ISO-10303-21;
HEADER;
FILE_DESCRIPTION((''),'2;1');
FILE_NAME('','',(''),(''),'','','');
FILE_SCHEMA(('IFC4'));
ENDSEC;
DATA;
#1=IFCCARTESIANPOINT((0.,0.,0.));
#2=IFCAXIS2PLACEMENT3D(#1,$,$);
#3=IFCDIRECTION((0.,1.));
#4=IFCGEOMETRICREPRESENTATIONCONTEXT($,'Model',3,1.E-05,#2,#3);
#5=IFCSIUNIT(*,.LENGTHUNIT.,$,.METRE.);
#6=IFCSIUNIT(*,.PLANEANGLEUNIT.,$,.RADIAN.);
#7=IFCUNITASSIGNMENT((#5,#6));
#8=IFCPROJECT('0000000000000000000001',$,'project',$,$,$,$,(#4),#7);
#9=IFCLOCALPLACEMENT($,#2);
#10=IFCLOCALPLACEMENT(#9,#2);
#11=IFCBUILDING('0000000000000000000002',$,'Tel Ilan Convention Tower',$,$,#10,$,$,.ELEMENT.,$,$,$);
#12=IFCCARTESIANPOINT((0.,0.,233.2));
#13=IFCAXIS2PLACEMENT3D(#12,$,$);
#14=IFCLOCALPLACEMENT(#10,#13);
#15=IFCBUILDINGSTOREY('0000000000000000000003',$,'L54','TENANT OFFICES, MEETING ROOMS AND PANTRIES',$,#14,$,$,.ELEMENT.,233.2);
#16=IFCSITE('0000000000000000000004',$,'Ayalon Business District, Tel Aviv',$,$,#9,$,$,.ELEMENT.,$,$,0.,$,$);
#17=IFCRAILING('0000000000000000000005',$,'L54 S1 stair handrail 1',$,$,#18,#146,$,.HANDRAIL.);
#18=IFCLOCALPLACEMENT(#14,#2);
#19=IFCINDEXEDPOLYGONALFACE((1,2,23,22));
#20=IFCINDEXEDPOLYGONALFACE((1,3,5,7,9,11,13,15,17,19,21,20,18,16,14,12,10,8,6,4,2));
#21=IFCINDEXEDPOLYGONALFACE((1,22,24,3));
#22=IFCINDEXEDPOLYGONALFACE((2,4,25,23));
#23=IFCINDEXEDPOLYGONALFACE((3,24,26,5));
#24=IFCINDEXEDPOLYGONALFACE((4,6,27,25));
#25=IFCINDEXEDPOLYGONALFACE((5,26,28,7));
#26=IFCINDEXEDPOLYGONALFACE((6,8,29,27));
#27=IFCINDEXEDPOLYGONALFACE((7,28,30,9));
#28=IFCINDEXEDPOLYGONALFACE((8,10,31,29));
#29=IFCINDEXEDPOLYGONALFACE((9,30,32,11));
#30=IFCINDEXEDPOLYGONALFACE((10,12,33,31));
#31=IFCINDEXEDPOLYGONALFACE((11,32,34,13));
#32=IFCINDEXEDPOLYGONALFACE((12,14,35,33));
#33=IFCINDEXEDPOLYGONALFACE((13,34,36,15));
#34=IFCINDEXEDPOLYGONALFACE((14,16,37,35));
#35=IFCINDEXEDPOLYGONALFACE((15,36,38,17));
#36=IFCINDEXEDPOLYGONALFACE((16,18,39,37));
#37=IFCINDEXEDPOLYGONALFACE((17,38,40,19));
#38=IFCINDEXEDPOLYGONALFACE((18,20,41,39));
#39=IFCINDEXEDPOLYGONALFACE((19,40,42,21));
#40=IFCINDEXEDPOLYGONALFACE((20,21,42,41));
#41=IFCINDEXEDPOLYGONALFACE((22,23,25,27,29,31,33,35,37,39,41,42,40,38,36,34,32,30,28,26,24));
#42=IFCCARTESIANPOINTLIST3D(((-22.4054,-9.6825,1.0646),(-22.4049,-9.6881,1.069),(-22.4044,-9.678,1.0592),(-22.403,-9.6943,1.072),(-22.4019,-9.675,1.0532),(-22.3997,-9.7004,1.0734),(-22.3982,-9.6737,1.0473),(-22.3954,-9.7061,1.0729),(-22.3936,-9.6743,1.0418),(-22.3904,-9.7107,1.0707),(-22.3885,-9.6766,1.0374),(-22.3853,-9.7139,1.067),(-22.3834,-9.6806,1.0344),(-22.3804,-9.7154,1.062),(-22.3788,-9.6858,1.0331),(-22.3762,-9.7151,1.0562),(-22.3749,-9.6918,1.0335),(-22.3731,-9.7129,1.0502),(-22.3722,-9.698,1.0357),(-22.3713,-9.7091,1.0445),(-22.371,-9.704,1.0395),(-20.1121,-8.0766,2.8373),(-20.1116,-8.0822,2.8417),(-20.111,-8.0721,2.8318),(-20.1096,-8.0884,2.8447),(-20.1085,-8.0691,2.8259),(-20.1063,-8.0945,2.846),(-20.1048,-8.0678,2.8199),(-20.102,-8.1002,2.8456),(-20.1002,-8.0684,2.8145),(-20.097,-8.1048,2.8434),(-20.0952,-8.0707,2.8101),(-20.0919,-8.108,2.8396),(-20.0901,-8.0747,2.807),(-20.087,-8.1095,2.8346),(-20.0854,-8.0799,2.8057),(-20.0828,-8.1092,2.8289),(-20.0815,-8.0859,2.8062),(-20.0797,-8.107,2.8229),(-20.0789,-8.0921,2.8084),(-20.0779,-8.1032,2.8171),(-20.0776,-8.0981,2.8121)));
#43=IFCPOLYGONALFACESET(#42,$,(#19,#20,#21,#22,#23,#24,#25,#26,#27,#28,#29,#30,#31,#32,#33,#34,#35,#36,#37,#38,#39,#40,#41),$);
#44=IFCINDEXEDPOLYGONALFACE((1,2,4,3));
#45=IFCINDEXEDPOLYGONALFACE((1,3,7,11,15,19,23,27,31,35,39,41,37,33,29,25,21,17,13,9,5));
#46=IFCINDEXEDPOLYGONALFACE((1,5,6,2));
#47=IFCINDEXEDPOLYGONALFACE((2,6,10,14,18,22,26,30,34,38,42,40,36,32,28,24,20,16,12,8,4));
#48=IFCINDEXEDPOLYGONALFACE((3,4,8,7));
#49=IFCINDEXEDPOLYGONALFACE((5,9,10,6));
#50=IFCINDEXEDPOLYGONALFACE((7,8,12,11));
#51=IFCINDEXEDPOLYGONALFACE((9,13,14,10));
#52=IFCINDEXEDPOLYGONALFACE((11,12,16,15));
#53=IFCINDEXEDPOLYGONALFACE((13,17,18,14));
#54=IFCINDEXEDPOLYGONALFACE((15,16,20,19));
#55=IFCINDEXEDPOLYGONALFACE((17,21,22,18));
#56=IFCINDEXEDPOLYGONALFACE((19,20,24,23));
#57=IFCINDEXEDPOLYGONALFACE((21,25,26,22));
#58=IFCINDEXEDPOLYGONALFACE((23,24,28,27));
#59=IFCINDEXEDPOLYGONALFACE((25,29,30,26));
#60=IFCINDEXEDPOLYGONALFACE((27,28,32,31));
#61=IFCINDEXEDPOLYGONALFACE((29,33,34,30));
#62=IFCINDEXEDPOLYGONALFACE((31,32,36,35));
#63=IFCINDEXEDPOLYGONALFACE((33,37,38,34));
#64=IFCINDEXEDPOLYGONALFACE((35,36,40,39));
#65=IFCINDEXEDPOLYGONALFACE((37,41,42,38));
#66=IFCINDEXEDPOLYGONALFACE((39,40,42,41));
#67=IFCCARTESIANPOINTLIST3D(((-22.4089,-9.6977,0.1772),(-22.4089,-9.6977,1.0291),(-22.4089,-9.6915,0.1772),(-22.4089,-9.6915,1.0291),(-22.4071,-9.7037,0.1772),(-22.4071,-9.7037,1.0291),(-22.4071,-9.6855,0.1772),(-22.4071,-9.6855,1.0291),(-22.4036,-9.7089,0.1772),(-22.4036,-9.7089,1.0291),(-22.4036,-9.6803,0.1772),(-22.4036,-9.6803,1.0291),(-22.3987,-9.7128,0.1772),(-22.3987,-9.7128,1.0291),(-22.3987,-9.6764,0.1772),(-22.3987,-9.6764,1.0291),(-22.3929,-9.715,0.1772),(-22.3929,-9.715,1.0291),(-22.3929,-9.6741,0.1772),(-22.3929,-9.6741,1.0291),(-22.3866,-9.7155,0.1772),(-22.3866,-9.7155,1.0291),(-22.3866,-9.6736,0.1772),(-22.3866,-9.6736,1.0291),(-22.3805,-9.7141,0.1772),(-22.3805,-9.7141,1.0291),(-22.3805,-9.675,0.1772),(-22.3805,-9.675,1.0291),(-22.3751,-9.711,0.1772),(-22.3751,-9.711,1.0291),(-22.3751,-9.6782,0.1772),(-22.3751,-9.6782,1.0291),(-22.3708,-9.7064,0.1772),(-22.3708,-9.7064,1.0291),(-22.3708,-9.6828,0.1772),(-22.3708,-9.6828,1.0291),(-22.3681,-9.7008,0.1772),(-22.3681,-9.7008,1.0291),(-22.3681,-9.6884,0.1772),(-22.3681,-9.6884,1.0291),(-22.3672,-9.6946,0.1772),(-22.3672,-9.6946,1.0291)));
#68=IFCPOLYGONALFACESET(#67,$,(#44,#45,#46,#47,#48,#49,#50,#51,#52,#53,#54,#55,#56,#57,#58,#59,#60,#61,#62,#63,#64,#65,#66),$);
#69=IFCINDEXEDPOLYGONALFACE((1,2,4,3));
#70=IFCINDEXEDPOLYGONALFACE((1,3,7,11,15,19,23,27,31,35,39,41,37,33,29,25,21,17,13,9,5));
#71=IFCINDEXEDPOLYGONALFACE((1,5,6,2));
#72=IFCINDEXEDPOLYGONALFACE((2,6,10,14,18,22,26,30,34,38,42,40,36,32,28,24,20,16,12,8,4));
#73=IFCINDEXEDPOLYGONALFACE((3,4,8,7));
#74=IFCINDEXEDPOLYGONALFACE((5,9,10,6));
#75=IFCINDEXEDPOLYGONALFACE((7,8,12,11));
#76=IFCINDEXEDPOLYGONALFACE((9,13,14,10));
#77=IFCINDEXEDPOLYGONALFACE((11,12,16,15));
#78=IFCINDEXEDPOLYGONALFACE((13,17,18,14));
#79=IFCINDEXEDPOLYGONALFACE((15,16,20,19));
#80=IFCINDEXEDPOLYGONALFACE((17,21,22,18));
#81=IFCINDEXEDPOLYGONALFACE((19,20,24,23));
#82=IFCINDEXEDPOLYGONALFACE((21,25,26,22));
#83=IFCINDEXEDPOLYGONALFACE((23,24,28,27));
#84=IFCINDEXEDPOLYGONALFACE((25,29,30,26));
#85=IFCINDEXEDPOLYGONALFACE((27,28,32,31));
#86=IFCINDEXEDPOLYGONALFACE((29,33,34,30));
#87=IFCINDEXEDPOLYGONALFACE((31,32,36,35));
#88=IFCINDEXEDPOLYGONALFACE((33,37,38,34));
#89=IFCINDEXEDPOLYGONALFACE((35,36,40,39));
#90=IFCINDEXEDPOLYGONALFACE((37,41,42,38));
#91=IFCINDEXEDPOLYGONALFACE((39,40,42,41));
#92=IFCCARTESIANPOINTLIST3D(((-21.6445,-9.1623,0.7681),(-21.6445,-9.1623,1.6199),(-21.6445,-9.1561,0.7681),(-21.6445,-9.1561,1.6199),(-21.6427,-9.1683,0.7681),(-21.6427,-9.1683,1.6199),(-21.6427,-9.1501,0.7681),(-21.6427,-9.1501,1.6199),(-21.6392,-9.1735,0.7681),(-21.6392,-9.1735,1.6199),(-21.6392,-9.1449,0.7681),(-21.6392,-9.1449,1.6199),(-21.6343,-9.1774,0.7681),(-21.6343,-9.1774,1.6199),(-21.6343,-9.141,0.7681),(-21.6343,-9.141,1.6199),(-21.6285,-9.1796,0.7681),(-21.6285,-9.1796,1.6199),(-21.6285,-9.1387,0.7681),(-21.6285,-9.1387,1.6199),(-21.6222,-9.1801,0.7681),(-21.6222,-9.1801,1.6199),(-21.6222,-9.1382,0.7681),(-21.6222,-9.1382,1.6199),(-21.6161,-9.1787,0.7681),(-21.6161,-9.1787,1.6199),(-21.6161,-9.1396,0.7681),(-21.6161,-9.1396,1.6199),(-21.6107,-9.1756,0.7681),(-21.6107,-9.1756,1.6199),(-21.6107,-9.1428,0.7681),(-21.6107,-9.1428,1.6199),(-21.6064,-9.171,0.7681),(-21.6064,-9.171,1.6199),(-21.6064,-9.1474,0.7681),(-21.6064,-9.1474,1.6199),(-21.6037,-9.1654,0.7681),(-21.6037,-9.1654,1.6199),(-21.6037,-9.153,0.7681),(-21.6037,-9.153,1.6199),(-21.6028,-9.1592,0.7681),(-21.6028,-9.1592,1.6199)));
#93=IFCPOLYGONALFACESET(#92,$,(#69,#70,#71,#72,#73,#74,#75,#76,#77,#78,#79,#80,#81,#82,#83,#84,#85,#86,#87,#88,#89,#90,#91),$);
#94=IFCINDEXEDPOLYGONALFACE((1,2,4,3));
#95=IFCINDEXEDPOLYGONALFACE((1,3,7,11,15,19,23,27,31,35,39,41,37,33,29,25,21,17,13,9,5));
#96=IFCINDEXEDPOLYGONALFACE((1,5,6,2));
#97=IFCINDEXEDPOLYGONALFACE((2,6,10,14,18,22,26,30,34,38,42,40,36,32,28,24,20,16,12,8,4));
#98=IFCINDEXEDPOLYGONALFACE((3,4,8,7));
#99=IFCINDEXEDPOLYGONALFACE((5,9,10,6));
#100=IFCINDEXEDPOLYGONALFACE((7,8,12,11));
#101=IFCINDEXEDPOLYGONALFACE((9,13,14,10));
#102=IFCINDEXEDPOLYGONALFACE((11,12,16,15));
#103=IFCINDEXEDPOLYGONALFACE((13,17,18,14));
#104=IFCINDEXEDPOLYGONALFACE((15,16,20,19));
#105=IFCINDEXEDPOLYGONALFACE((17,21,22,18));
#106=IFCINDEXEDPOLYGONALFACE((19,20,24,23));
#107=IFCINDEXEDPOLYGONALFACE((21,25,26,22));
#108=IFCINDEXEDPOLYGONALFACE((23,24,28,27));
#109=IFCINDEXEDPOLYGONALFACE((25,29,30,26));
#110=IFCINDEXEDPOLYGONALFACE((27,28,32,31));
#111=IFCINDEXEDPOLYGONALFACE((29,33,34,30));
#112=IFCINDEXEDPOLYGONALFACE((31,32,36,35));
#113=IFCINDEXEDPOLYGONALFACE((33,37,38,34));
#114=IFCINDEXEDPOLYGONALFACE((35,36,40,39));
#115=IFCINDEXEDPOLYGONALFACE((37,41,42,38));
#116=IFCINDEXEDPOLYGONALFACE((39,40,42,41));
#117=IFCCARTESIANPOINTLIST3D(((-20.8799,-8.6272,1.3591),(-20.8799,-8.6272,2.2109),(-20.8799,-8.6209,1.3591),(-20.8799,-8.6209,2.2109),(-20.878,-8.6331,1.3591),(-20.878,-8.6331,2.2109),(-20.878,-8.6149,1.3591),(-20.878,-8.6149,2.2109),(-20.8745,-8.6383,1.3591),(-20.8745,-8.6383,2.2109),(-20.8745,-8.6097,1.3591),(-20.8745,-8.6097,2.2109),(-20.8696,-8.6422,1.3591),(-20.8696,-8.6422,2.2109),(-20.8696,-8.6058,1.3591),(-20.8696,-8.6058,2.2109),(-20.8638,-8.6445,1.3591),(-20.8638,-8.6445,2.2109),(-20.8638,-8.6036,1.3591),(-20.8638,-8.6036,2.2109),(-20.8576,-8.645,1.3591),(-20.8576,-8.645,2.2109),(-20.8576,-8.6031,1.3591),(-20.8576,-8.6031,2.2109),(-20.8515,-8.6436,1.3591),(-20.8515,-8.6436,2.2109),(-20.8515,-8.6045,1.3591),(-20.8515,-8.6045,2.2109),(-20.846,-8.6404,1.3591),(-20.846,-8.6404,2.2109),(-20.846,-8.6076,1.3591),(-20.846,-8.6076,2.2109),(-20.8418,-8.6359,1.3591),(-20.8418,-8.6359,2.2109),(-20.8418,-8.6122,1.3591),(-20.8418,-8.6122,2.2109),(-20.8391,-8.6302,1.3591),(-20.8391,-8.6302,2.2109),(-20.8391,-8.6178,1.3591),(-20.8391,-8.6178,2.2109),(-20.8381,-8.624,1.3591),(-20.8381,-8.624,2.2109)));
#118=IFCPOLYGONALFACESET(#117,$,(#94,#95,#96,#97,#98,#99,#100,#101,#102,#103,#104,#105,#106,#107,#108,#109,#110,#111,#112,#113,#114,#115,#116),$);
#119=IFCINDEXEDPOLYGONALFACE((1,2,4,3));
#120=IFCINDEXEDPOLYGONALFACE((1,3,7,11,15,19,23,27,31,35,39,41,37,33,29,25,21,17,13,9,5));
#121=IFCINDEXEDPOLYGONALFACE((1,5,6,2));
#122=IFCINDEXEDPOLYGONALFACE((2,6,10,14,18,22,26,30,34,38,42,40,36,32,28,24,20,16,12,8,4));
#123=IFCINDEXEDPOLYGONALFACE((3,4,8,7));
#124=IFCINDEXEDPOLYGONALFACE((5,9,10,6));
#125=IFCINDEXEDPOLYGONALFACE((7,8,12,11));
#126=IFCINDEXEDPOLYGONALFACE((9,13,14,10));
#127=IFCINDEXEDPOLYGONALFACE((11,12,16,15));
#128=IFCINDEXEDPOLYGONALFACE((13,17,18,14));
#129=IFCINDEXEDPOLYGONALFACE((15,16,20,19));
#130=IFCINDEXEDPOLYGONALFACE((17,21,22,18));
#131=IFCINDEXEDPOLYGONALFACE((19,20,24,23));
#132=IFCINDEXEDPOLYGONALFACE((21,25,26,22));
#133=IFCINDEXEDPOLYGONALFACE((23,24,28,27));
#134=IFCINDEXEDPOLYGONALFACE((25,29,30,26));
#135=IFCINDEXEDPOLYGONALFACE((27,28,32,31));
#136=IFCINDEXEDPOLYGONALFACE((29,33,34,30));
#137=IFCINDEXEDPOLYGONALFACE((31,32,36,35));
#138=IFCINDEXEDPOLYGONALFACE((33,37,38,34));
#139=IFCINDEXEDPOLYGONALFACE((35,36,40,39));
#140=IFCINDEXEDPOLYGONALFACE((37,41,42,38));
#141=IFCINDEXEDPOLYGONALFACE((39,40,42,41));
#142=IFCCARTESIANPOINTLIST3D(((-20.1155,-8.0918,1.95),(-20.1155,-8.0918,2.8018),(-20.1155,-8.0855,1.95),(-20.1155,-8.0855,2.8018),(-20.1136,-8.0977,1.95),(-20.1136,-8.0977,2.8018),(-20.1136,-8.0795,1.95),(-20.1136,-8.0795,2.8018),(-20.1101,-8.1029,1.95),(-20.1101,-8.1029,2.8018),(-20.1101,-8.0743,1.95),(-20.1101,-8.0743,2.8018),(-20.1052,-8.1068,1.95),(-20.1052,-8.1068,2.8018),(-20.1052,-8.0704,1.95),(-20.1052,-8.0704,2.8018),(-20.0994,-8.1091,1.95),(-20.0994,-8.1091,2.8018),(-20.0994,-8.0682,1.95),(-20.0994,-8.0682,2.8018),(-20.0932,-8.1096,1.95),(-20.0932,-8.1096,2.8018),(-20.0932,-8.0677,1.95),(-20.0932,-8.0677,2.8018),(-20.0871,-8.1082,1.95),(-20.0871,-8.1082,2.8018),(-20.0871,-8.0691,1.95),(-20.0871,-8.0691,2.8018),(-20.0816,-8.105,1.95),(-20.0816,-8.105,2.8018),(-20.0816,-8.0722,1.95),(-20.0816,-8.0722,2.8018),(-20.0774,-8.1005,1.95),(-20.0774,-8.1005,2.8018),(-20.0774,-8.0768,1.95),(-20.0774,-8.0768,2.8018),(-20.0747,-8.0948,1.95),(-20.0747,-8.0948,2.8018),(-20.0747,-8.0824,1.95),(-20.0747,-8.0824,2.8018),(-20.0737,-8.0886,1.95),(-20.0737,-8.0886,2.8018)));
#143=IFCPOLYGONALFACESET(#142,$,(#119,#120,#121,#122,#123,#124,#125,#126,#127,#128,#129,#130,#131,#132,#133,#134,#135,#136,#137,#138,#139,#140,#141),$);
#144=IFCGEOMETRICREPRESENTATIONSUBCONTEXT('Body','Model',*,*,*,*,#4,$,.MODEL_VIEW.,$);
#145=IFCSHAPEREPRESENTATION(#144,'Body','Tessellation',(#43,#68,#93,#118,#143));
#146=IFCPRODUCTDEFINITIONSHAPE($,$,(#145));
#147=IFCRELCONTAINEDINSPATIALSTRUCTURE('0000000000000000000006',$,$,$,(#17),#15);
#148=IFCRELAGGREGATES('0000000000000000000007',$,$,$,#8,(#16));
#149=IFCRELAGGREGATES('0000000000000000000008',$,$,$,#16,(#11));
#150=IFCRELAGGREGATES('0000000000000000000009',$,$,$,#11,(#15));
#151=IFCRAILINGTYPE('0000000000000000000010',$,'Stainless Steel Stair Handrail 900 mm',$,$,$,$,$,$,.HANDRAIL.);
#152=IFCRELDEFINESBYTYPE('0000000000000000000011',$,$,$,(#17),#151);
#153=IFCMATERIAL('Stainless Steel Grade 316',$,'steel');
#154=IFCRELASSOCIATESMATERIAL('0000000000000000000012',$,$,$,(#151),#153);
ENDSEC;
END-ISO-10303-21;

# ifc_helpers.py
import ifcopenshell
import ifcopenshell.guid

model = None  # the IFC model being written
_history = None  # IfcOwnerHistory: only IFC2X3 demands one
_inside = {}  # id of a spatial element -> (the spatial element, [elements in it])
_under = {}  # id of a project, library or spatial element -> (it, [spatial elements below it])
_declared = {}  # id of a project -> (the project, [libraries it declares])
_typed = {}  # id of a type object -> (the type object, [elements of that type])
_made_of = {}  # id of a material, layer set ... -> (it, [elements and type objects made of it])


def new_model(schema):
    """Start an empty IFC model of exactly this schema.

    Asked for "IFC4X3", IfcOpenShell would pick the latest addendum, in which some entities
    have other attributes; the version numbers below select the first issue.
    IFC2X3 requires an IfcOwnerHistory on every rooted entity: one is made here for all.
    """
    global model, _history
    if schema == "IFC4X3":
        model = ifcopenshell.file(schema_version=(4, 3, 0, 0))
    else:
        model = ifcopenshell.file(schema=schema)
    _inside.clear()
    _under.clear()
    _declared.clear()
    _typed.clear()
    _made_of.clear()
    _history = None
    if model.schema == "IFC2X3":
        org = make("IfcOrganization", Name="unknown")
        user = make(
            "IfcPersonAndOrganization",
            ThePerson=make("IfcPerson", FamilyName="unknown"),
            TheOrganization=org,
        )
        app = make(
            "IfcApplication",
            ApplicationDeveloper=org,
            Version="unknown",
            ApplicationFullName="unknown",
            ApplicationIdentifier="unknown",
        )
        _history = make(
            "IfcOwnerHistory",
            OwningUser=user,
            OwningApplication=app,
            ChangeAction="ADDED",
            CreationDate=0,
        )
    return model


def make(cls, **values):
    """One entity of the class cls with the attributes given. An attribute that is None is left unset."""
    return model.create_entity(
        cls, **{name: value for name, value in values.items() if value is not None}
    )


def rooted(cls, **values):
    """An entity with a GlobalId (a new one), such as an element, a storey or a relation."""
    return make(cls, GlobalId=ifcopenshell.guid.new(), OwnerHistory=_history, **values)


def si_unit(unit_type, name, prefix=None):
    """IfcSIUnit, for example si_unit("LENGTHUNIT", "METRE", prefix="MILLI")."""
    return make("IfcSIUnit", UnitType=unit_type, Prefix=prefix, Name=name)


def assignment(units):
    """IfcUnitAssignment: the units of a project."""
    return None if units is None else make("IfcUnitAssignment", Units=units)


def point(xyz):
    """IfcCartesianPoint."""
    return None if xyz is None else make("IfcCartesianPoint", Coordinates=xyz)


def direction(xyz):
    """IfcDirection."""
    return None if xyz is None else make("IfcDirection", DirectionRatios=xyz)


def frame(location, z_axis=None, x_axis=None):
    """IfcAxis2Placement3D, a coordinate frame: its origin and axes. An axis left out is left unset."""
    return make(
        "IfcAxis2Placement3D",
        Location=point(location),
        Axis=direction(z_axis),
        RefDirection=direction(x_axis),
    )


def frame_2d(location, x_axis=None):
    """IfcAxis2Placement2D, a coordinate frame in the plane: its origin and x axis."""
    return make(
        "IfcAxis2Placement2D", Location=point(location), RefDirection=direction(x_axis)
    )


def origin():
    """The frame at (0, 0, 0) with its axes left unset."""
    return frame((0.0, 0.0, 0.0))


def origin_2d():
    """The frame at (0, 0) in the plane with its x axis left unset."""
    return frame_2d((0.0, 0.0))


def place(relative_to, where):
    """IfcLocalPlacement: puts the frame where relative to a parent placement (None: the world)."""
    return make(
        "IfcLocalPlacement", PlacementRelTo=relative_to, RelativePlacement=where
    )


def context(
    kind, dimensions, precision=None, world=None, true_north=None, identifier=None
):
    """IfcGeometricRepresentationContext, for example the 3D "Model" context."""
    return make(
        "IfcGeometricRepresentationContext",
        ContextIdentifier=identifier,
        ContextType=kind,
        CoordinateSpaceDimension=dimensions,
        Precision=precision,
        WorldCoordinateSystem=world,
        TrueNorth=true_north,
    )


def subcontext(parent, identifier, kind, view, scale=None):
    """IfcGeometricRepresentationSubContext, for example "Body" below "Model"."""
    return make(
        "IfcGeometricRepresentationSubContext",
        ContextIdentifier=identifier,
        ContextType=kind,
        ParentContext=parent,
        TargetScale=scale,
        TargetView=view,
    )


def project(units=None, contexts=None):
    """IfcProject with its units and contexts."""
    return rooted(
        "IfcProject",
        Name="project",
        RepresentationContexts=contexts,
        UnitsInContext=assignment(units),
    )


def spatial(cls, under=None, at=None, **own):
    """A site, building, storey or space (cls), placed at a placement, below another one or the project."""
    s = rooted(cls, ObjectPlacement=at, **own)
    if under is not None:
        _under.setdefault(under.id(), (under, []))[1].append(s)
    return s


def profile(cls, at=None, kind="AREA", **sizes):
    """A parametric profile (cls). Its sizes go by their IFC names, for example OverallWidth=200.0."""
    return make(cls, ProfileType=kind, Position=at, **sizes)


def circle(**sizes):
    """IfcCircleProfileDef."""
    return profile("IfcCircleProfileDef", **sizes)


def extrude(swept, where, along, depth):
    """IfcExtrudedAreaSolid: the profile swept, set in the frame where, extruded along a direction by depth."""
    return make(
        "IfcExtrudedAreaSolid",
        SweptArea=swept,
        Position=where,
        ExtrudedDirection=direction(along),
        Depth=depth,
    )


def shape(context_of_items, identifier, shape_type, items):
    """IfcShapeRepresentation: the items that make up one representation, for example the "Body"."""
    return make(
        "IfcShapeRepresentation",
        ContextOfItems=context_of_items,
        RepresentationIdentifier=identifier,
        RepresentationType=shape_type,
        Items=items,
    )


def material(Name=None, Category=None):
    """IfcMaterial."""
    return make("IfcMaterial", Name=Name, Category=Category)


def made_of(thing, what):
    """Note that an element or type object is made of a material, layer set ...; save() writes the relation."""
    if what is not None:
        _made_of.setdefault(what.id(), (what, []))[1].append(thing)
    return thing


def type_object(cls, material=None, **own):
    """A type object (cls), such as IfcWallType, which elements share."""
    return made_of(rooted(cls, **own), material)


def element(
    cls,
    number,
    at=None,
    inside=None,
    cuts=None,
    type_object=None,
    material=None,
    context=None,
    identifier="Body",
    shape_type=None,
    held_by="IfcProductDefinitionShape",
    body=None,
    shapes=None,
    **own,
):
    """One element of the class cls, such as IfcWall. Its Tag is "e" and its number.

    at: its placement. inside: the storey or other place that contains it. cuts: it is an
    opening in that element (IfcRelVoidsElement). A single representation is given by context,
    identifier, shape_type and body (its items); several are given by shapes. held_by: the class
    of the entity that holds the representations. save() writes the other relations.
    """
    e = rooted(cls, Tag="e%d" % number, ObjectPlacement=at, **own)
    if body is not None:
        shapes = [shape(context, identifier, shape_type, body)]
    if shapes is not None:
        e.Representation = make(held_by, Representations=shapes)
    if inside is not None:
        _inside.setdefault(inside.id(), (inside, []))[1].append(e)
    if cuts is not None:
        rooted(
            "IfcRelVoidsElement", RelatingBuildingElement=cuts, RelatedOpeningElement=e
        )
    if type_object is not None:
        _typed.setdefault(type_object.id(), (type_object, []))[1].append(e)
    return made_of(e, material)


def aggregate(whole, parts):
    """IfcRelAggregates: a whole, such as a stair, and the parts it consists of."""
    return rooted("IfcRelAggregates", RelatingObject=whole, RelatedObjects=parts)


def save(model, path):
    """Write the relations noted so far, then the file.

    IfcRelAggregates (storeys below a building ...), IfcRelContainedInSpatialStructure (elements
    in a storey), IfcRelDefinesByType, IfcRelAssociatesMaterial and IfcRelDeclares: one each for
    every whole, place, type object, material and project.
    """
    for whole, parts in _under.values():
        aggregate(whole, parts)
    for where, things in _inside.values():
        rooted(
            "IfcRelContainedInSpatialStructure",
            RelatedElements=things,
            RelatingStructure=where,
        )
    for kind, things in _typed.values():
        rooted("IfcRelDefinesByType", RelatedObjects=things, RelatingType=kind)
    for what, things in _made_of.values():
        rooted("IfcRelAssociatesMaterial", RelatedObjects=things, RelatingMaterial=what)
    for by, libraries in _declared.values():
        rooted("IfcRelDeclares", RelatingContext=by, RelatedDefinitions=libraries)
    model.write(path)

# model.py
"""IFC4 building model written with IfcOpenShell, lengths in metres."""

from ifc_helpers import new_model, si_unit, direction, frame, origin, origin_2d, place, context, subcontext, project, spatial, circle, extrude, material, type_object, element, save


model = new_model("IFC4")

# Units and contexts
model_context = context("Model", 3, precision=1e-05, world=origin(), true_north=direction((0.0, 1.0)))
body_context = subcontext(model_context, "Body", "Model", "MODEL_VIEW")
ifc_project = project(units=[si_unit("LENGTHUNIT", "METRE"), si_unit("PLANEANGLEUNIT", "RADIAN")], contexts=[model_context])

# Site, building, storey
site_placement = place(None, origin())
site = spatial("IfcSite", under=ifc_project, at=site_placement, Name="Ayalon Business District, Tel Aviv", CompositionType="ELEMENT", RefElevation=0.0)
building_placement = place(site_placement, origin())
building = spatial("IfcBuilding", under=site, at=building_placement, Name="Tel Ilan Convention Tower", CompositionType="ELEMENT")
storey_placement = place(building_placement, frame((0.0, 0.0, 233.2)))
storey = spatial("IfcBuildingStorey", under=building, at=storey_placement, Name="L54", Description="TENANT OFFICES, MEETING ROOMS AND PANTRIES", CompositionType="ELEMENT", Elevation=233.2)

# Railing
ifc_material_1 = material(Name="Stainless Steel Grade 316", Category="steel")
railing_type_1 = type_object("IfcRailingType", Name="Stainless Steel Stair Handrail 900 mm", PredefinedType="HANDRAIL", material=ifc_material_1)
railing_1_placement = place(storey_placement, frame((-22.3882, -9.6946, 0.1772)))
element("IfcRailing", 1, at=railing_1_placement, inside=storey, type_object=railing_type_1, Name="L54 S1 stair handrail 1", PredefinedType="HANDRAIL", context=body_context, shape_type="SweptSolid", body=[
    extrude(circle(Radius=0.0239, at=origin_2d()), frame((0.0, 0.0, 0.876), z_axis=(0.692085, 0.484621, 0.53494), x_axis=(-0.573591, 0.819142, 0.0)), (0.0, 0.0, 1.0), 3.3137),
    extrude(circle(Radius=0.021, at=origin_2d()), origin(), (0.0, 0.0, 1.0), 0.8518),
    extrude(circle(Radius=0.021, at=origin_2d()), frame((0.7644, 0.5354, 0.5908)), (0.0, 0.0, 1.0), 0.8518),
    extrude(circle(Radius=0.021, at=origin_2d()), frame((1.5291, 1.0706, 1.1819)), (0.0, 0.0, 1.0), 0.8518),
    extrude(circle(Radius=0.021, at=origin_2d()), frame((2.2935, 1.606, 1.7727)), (0.0, 0.0, 1.0), 0.8518),
])

save(model, "model.ifc")
